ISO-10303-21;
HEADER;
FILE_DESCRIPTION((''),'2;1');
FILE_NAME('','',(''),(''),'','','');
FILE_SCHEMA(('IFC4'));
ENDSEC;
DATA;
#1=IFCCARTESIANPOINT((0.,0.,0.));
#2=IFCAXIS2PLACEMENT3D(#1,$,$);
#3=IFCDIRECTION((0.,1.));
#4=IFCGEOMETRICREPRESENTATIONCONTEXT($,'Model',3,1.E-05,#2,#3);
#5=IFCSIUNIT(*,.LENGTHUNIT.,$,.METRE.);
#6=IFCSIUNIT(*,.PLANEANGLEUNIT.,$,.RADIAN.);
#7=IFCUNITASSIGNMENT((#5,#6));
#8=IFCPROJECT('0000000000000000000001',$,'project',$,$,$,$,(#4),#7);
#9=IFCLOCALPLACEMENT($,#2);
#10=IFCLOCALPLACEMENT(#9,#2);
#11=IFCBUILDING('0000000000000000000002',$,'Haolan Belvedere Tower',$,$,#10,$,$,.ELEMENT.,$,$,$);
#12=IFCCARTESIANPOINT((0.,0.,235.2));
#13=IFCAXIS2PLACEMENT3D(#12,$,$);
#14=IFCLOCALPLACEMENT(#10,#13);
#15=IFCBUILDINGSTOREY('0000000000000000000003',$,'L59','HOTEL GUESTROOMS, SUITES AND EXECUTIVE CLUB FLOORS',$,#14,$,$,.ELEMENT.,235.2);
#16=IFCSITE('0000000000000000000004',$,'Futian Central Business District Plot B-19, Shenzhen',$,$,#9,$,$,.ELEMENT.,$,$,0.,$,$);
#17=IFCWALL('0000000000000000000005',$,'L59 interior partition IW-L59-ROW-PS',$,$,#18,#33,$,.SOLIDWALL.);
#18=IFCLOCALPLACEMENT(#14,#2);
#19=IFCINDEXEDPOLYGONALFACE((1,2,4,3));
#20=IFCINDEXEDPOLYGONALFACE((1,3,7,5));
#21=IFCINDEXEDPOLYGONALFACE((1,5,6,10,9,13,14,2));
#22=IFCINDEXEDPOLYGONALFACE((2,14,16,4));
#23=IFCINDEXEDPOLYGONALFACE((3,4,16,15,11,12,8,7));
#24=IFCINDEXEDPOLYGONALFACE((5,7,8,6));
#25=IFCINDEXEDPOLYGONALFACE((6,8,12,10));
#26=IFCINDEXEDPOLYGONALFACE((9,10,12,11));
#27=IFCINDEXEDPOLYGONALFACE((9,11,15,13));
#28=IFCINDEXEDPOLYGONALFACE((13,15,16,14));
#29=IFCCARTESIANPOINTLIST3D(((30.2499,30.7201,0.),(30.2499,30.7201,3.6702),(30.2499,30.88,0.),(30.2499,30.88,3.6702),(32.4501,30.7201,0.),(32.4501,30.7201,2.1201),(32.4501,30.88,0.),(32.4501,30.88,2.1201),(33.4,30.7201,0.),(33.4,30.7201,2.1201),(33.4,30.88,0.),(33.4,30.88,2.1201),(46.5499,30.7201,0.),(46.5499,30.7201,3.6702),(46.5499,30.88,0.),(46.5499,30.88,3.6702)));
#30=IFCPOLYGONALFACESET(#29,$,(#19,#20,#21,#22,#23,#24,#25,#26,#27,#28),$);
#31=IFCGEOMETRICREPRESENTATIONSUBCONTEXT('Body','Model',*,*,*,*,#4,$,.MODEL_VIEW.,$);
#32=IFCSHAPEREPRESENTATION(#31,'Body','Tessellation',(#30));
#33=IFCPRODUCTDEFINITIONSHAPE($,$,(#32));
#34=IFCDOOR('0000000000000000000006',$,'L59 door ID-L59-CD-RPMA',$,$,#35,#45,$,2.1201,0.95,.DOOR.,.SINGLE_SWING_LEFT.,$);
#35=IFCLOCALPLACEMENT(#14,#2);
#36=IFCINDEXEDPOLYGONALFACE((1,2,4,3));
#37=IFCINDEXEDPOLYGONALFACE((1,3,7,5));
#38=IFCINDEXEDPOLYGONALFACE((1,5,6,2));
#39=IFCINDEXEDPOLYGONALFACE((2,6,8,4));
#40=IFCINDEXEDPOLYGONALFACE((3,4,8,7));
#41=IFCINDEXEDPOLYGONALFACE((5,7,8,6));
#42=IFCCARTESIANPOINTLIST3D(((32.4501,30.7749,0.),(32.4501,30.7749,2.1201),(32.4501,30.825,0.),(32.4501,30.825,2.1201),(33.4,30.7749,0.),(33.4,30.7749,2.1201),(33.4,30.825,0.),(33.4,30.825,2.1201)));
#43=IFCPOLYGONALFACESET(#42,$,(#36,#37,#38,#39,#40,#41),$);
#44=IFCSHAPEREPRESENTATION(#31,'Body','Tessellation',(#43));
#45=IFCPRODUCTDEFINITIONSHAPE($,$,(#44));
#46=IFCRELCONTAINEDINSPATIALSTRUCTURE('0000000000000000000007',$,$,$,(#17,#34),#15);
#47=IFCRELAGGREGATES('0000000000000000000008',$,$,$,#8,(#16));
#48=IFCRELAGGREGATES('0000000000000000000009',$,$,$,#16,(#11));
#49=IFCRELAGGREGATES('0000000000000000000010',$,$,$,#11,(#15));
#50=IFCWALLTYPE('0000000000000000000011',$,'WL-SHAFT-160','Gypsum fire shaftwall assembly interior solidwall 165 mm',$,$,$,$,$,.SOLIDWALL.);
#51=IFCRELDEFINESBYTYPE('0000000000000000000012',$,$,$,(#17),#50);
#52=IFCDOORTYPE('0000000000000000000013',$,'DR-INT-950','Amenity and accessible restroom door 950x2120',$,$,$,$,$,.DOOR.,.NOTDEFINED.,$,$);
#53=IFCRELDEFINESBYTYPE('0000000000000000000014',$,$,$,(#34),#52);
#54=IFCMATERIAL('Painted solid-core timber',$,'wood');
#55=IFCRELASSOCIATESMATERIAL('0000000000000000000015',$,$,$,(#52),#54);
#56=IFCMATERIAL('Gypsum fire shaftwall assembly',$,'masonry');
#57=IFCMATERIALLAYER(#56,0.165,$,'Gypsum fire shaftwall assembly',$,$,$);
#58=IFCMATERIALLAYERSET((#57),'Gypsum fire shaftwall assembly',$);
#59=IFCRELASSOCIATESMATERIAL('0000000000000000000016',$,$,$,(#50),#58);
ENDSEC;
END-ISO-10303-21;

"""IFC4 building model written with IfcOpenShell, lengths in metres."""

from ifc_helpers import new_model, si_unit, direction, frame, frame_2d, origin, place, context, subcontext, project, spatial, rectangle, extrude, material, layer, layer_set, type_object, element, fill, save


model = new_model("IFC4")

# Units and contexts
model_context = context("Model", 3, precision=1e-05, world=origin(), true_north=direction((0.0, 1.0)))
body_context = subcontext(model_context, "Body", "Model", "MODEL_VIEW")
ifc_project = project(units=[si_unit("LENGTHUNIT", "METRE"), si_unit("PLANEANGLEUNIT", "RADIAN")], contexts=[model_context])

# Site, building, storey
site_placement = place(None, origin())
site = spatial("IfcSite", under=ifc_project, at=site_placement, Name="Futian Central Business District Plot B-19, Shenzhen", CompositionType="ELEMENT", RefElevation=0.0)
building_placement = place(site_placement, origin())
building = spatial("IfcBuilding", under=site, at=building_placement, Name="Haolan Belvedere Tower", CompositionType="ELEMENT")
storey_placement = place(building_placement, frame((0.0, 0.0, 235.2)))
storey = spatial("IfcBuildingStorey", under=building, at=storey_placement, Name="L59", Description="HOTEL GUESTROOMS, SUITES AND EXECUTIVE CLUB FLOORS", CompositionType="ELEMENT", Elevation=235.2)

# Shared definitions
ifc_material_1 = material(Name="Painted solid-core timber", Category="wood")
door_type_1 = type_object("IfcDoorType", Name="DR-INT-950", Description="Amenity and accessible restroom door 950x2120", OperationType="NOTDEFINED", PredefinedType="DOOR", material=ifc_material_1)

# Wall, opening, door
ifc_material_2 = material(Name="Gypsum fire shaftwall assembly", Category="masonry")
ifc_layer_1 = layer(ifc_material_2, 0.165, Name="Gypsum fire shaftwall assembly")
ifc_layer_set_1 = layer_set([ifc_layer_1], Name="Gypsum fire shaftwall assembly")
wall_type_1 = type_object("IfcWallType", Name="WL-SHAFT-160", Description="Gypsum fire shaftwall assembly interior solidwall 165 mm", PredefinedType="SOLIDWALL", material=ifc_layer_set_1)
wall_1_placement = place(storey_placement, frame((30.25, 30.8, 0.0), z_axis=(0.0, 0.0, 1.0), x_axis=(1.0, 0.0, 0.0)))
wall_1 = element("IfcWall", 1, at=wall_1_placement, inside=storey, type_object=wall_type_1, Name="L59 interior partition IW-L59-ROW-PS", PredefinedType="SOLIDWALL", context=body_context, shape_type="SweptSolid", body=[
    extrude(rectangle(XDim=16.3, YDim=0.1599, at=frame_2d((8.1499, 0.0))), origin(), (0.0, 0.0, 1.0), 3.6702),
])
opening_1_placement = place(wall_1_placement, frame((2.2, 0.0, 0.0)))
opening_1 = element("IfcOpeningElement", 2, at=opening_1_placement, cuts=wall_1, PredefinedType="OPENING", context=body_context, shape_type="SweptSolid", body=[
    extrude(rectangle(XDim=0.95, YDim=2.1201, at=frame_2d((0.4751, 1.0601))), frame((0.0, 0.0898, 0.0), z_axis=(0.0, -1.0, 0.0), x_axis=(1.0, 0.0, 0.0)), (0.0, 0.0, 1.0), 0.1799),
])
door_1_placement = place(opening_1_placement, origin())
door_1 = element("IfcDoor", 3, at=door_1_placement, inside=storey, type_object=door_type_1, Name="L59 door ID-L59-CD-RPMA", OperationType="SINGLE_SWING_LEFT", OverallHeight=2.1201, OverallWidth=0.95, PredefinedType="DOOR", context=body_context, shape_type="SweptSolid", body=[
    extrude(rectangle(XDim=0.95, YDim=2.1201, at=frame_2d((0.4751, 1.0601))), frame((0.0, 0.0249, 0.0), z_axis=(0.0, -1.0, 0.0), x_axis=(1.0, 0.0, 0.0)), (0.0, 0.0, 1.0), 0.05),
])
fill(opening_1, door_1)

save(model, "model.ifc")
